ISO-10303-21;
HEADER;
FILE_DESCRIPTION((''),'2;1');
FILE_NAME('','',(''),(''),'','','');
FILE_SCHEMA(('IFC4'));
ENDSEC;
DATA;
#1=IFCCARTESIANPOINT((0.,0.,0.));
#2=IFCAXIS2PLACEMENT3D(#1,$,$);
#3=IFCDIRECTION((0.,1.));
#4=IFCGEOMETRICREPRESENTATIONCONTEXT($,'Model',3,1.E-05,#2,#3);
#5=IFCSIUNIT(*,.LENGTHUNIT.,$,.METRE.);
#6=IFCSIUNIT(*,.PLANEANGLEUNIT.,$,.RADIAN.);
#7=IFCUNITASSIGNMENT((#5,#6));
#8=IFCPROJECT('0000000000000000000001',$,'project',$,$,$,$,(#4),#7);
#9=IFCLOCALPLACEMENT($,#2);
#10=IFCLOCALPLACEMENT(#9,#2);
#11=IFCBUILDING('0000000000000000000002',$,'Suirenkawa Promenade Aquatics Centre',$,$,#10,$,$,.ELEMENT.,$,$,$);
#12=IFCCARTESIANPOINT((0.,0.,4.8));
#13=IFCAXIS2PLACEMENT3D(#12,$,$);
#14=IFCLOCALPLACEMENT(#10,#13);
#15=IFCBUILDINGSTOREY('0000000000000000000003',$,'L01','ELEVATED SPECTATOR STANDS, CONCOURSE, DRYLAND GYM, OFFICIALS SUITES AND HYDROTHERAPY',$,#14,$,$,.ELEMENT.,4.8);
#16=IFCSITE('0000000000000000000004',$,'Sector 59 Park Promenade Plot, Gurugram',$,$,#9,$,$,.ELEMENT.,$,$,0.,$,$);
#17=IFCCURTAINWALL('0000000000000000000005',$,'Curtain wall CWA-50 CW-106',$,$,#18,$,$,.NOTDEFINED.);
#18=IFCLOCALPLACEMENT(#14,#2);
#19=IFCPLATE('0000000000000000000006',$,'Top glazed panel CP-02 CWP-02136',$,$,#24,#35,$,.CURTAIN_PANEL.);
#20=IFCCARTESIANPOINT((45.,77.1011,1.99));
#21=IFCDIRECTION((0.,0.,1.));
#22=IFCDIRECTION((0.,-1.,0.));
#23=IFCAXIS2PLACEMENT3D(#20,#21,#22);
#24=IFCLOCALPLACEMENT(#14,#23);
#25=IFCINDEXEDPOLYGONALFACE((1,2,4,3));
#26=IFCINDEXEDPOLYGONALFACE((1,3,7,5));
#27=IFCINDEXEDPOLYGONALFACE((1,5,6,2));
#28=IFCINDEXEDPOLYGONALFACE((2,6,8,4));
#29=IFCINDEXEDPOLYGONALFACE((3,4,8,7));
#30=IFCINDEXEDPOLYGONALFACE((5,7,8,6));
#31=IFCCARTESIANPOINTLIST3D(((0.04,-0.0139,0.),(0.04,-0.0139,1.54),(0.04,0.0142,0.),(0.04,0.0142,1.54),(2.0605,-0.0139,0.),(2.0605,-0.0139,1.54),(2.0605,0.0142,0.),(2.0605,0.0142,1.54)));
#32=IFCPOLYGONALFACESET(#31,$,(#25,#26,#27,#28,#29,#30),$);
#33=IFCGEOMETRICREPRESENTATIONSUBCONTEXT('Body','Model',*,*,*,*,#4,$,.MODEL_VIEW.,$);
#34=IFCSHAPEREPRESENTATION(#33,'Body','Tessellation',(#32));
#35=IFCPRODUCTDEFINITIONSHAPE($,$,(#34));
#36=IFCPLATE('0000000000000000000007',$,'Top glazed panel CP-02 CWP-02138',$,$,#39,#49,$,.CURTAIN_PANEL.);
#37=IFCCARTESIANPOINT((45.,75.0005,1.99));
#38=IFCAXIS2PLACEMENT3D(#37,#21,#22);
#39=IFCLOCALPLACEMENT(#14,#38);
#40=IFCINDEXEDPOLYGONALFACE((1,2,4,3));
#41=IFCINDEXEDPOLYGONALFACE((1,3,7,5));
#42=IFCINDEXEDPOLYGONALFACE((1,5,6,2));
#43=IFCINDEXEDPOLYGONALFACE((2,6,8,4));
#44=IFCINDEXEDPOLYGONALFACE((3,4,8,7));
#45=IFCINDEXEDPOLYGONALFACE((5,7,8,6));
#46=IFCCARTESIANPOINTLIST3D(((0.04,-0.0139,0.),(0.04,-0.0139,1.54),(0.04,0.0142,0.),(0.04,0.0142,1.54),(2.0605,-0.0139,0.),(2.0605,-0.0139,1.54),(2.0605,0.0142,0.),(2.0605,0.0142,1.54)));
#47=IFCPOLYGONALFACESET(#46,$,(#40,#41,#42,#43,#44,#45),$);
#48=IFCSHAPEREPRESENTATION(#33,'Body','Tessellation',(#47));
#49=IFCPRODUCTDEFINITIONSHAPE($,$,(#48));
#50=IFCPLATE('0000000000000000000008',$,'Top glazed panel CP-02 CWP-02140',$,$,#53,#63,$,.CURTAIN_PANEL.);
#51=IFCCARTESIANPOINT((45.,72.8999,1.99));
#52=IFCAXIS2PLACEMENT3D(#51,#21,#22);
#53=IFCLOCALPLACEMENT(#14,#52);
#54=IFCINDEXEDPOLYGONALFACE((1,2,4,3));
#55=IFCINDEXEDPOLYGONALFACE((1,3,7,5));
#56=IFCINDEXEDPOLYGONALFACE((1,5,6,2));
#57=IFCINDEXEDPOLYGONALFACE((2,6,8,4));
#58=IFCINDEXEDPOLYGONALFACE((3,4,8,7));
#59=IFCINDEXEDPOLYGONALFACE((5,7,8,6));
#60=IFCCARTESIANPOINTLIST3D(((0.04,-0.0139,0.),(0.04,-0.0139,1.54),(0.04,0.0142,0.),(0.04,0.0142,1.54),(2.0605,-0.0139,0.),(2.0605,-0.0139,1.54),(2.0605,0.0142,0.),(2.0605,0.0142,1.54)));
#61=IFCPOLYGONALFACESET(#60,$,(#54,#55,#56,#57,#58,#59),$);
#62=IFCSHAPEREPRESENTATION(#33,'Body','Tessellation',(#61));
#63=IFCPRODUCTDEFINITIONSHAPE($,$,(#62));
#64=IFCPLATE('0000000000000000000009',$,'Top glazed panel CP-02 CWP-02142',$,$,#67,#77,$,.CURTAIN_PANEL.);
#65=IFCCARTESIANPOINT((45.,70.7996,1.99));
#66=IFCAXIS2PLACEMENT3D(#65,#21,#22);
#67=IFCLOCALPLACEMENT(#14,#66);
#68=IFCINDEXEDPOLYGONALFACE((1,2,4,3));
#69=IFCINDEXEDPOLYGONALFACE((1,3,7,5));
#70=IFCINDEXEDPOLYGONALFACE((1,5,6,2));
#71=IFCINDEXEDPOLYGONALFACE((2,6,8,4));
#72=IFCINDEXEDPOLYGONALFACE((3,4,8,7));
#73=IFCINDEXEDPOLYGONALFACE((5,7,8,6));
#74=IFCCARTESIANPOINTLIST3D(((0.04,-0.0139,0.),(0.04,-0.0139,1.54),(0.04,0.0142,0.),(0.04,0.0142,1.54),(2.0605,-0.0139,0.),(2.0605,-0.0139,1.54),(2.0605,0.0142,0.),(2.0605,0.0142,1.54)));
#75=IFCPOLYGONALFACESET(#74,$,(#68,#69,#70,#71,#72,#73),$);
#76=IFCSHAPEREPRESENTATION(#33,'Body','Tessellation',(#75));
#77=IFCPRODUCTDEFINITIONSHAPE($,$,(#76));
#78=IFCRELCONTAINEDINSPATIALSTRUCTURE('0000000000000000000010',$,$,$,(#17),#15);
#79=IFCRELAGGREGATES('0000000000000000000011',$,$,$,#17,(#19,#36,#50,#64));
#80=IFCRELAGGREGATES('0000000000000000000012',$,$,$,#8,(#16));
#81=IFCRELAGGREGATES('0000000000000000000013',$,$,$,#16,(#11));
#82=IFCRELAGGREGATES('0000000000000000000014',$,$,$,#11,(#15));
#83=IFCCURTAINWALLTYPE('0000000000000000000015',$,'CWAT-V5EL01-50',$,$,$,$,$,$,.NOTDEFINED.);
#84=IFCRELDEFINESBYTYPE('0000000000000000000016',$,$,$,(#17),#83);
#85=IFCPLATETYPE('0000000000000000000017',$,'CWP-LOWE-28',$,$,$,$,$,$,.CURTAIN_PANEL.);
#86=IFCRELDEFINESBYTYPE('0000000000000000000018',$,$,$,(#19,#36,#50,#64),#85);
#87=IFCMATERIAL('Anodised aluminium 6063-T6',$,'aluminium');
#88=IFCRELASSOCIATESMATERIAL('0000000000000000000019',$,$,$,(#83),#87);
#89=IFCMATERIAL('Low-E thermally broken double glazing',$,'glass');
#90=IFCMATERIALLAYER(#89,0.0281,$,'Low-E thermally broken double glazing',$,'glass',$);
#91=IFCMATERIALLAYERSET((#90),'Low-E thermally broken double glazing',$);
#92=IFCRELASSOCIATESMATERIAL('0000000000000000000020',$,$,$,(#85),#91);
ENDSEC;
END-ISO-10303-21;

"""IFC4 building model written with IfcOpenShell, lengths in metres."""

from ifc_helpers import new_model, si_unit, direction, frame, origin, place, context, subcontext, project, spatial, polyline, outline, extrude, material, layer, layer_set, type_object, element, aggregate, save


model = new_model("IFC4")

# Units and contexts
model_context = context("Model", 3, precision=1e-05, world=origin(), true_north=direction((0.0, 1.0)))
body_context = subcontext(model_context, "Body", "Model", "MODEL_VIEW")
ifc_project = project(units=[si_unit("LENGTHUNIT", "METRE"), si_unit("PLANEANGLEUNIT", "RADIAN")], contexts=[model_context])

# Site, building, storey
site_placement = place(None, origin())
site = spatial("IfcSite", under=ifc_project, at=site_placement, Name="Sector 59 Park Promenade Plot, Gurugram", CompositionType="ELEMENT", RefElevation=0.0)
building_placement = place(site_placement, origin())
building = spatial("IfcBuilding", under=site, at=building_placement, Name="Suirenkawa Promenade Aquatics Centre", CompositionType="ELEMENT")
storey_placement = place(building_placement, frame((0.0, 0.0, 4.8)))
storey = spatial("IfcBuildingStorey", under=building, at=storey_placement, Name="L01", Description="ELEVATED SPECTATOR STANDS, CONCOURSE, DRYLAND GYM, OFFICIALS SUITES AND HYDROTHERAPY", CompositionType="ELEMENT", Elevation=4.8)

# Curtain wall
ifc_material_1 = material(Name="Anodised aluminium 6063-T6", Category="aluminium")
curtain_wall_type_1 = type_object("IfcCurtainWallType", Name="CWAT-V5EL01-50", PredefinedType="NOTDEFINED", material=ifc_material_1)
curtain_wall_1_placement = place(storey_placement, origin())
curtain_wall_1 = element("IfcCurtainWall", 1, at=curtain_wall_1_placement, inside=storey, type_object=curtain_wall_type_1, Name="Curtain wall CWA-50 CW-106", PredefinedType="NOTDEFINED")

# Plates
ifc_material_2 = material(Name="Low-E thermally broken double glazing", Category="glass")
ifc_layer = layer(ifc_material_2, 0.0281, Name="Low-E thermally broken double glazing", Category="glass")
ifc_layer_set = layer_set([ifc_layer], Name="Low-E thermally broken double glazing")
plate_type = type_object("IfcPlateType", Name="CWP-LOWE-28", PredefinedType="CURTAIN_PANEL", material=ifc_layer_set)
plate_1_placement = place(storey_placement, frame((45.0, 77.1011, 1.99), z_axis=(0.0, 0.0, 1.0), x_axis=(0.0, -1.0, 0.0)))
plate_1 = element("IfcPlate", 2, at=plate_1_placement, type_object=plate_type, Name="Top glazed panel CP-02 CWP-02136", PredefinedType="CURTAIN_PANEL", context=body_context, shape_type="SweptSolid", body=[
    extrude(outline(polyline([(0.04, 0.0), (2.0605, 0.0), (2.0605, 1.54), (0.04, 1.54), (0.04, 0.0)])), frame((0.0, 0.0142, 0.0), z_axis=(0.0, -1.0, 0.0), x_axis=(1.0, 0.0, 0.0)), (0.0, 0.0, 1.0), 0.0281),
])
plate_2_placement = place(storey_placement, frame((45.0, 75.0005, 1.99), z_axis=(0.0, 0.0, 1.0), x_axis=(0.0, -1.0, 0.0)))
plate_2 = element("IfcPlate", 3, at=plate_2_placement, type_object=plate_type, Name="Top glazed panel CP-02 CWP-02138", PredefinedType="CURTAIN_PANEL", context=body_context, shape_type="SweptSolid", body=[
    extrude(outline(polyline([(0.04, 0.0), (2.0605, 0.0), (2.0605, 1.54), (0.04, 1.54), (0.04, 0.0)])), frame((0.0, 0.0142, 0.0), z_axis=(0.0, -1.0, 0.0), x_axis=(1.0, 0.0, 0.0)), (0.0, 0.0, 1.0), 0.0281),
])
plate_3_placement = place(storey_placement, frame((45.0, 72.8999, 1.99), z_axis=(0.0, 0.0, 1.0), x_axis=(0.0, -1.0, 0.0)))
plate_3 = element("IfcPlate", 4, at=plate_3_placement, type_object=plate_type, Name="Top glazed panel CP-02 CWP-02140", PredefinedType="CURTAIN_PANEL", context=body_context, shape_type="SweptSolid", body=[
    extrude(outline(polyline([(0.04, 0.0), (2.0605, 0.0), (2.0605, 1.54), (0.04, 1.54), (0.04, 0.0)])), frame((0.0, 0.0142, 0.0), z_axis=(0.0, -1.0, 0.0), x_axis=(1.0, 0.0, 0.0)), (0.0, 0.0, 1.0), 0.0281),
])
plate_4_placement = place(storey_placement, frame((45.0, 70.7996, 1.99), z_axis=(0.0, 0.0, 1.0), x_axis=(0.0, -1.0, 0.0)))
plate_4 = element("IfcPlate", 5, at=plate_4_placement, type_object=plate_type, Name="Top glazed panel CP-02 CWP-02142", PredefinedType="CURTAIN_PANEL", context=body_context, shape_type="SweptSolid", body=[
    extrude(outline(polyline([(0.04, 0.0), (2.0605, 0.0), (2.0605, 1.54), (0.04, 1.54), (0.04, 0.0)])), frame((0.0, 0.0142, 0.0), z_axis=(0.0, -1.0, 0.0), x_axis=(1.0, 0.0, 0.0)), (0.0, 0.0, 1.0), 0.0281),
])
aggregate(curtain_wall_1, [plate_1, plate_2, plate_3, plate_4])

save(model, "model.ifc")
